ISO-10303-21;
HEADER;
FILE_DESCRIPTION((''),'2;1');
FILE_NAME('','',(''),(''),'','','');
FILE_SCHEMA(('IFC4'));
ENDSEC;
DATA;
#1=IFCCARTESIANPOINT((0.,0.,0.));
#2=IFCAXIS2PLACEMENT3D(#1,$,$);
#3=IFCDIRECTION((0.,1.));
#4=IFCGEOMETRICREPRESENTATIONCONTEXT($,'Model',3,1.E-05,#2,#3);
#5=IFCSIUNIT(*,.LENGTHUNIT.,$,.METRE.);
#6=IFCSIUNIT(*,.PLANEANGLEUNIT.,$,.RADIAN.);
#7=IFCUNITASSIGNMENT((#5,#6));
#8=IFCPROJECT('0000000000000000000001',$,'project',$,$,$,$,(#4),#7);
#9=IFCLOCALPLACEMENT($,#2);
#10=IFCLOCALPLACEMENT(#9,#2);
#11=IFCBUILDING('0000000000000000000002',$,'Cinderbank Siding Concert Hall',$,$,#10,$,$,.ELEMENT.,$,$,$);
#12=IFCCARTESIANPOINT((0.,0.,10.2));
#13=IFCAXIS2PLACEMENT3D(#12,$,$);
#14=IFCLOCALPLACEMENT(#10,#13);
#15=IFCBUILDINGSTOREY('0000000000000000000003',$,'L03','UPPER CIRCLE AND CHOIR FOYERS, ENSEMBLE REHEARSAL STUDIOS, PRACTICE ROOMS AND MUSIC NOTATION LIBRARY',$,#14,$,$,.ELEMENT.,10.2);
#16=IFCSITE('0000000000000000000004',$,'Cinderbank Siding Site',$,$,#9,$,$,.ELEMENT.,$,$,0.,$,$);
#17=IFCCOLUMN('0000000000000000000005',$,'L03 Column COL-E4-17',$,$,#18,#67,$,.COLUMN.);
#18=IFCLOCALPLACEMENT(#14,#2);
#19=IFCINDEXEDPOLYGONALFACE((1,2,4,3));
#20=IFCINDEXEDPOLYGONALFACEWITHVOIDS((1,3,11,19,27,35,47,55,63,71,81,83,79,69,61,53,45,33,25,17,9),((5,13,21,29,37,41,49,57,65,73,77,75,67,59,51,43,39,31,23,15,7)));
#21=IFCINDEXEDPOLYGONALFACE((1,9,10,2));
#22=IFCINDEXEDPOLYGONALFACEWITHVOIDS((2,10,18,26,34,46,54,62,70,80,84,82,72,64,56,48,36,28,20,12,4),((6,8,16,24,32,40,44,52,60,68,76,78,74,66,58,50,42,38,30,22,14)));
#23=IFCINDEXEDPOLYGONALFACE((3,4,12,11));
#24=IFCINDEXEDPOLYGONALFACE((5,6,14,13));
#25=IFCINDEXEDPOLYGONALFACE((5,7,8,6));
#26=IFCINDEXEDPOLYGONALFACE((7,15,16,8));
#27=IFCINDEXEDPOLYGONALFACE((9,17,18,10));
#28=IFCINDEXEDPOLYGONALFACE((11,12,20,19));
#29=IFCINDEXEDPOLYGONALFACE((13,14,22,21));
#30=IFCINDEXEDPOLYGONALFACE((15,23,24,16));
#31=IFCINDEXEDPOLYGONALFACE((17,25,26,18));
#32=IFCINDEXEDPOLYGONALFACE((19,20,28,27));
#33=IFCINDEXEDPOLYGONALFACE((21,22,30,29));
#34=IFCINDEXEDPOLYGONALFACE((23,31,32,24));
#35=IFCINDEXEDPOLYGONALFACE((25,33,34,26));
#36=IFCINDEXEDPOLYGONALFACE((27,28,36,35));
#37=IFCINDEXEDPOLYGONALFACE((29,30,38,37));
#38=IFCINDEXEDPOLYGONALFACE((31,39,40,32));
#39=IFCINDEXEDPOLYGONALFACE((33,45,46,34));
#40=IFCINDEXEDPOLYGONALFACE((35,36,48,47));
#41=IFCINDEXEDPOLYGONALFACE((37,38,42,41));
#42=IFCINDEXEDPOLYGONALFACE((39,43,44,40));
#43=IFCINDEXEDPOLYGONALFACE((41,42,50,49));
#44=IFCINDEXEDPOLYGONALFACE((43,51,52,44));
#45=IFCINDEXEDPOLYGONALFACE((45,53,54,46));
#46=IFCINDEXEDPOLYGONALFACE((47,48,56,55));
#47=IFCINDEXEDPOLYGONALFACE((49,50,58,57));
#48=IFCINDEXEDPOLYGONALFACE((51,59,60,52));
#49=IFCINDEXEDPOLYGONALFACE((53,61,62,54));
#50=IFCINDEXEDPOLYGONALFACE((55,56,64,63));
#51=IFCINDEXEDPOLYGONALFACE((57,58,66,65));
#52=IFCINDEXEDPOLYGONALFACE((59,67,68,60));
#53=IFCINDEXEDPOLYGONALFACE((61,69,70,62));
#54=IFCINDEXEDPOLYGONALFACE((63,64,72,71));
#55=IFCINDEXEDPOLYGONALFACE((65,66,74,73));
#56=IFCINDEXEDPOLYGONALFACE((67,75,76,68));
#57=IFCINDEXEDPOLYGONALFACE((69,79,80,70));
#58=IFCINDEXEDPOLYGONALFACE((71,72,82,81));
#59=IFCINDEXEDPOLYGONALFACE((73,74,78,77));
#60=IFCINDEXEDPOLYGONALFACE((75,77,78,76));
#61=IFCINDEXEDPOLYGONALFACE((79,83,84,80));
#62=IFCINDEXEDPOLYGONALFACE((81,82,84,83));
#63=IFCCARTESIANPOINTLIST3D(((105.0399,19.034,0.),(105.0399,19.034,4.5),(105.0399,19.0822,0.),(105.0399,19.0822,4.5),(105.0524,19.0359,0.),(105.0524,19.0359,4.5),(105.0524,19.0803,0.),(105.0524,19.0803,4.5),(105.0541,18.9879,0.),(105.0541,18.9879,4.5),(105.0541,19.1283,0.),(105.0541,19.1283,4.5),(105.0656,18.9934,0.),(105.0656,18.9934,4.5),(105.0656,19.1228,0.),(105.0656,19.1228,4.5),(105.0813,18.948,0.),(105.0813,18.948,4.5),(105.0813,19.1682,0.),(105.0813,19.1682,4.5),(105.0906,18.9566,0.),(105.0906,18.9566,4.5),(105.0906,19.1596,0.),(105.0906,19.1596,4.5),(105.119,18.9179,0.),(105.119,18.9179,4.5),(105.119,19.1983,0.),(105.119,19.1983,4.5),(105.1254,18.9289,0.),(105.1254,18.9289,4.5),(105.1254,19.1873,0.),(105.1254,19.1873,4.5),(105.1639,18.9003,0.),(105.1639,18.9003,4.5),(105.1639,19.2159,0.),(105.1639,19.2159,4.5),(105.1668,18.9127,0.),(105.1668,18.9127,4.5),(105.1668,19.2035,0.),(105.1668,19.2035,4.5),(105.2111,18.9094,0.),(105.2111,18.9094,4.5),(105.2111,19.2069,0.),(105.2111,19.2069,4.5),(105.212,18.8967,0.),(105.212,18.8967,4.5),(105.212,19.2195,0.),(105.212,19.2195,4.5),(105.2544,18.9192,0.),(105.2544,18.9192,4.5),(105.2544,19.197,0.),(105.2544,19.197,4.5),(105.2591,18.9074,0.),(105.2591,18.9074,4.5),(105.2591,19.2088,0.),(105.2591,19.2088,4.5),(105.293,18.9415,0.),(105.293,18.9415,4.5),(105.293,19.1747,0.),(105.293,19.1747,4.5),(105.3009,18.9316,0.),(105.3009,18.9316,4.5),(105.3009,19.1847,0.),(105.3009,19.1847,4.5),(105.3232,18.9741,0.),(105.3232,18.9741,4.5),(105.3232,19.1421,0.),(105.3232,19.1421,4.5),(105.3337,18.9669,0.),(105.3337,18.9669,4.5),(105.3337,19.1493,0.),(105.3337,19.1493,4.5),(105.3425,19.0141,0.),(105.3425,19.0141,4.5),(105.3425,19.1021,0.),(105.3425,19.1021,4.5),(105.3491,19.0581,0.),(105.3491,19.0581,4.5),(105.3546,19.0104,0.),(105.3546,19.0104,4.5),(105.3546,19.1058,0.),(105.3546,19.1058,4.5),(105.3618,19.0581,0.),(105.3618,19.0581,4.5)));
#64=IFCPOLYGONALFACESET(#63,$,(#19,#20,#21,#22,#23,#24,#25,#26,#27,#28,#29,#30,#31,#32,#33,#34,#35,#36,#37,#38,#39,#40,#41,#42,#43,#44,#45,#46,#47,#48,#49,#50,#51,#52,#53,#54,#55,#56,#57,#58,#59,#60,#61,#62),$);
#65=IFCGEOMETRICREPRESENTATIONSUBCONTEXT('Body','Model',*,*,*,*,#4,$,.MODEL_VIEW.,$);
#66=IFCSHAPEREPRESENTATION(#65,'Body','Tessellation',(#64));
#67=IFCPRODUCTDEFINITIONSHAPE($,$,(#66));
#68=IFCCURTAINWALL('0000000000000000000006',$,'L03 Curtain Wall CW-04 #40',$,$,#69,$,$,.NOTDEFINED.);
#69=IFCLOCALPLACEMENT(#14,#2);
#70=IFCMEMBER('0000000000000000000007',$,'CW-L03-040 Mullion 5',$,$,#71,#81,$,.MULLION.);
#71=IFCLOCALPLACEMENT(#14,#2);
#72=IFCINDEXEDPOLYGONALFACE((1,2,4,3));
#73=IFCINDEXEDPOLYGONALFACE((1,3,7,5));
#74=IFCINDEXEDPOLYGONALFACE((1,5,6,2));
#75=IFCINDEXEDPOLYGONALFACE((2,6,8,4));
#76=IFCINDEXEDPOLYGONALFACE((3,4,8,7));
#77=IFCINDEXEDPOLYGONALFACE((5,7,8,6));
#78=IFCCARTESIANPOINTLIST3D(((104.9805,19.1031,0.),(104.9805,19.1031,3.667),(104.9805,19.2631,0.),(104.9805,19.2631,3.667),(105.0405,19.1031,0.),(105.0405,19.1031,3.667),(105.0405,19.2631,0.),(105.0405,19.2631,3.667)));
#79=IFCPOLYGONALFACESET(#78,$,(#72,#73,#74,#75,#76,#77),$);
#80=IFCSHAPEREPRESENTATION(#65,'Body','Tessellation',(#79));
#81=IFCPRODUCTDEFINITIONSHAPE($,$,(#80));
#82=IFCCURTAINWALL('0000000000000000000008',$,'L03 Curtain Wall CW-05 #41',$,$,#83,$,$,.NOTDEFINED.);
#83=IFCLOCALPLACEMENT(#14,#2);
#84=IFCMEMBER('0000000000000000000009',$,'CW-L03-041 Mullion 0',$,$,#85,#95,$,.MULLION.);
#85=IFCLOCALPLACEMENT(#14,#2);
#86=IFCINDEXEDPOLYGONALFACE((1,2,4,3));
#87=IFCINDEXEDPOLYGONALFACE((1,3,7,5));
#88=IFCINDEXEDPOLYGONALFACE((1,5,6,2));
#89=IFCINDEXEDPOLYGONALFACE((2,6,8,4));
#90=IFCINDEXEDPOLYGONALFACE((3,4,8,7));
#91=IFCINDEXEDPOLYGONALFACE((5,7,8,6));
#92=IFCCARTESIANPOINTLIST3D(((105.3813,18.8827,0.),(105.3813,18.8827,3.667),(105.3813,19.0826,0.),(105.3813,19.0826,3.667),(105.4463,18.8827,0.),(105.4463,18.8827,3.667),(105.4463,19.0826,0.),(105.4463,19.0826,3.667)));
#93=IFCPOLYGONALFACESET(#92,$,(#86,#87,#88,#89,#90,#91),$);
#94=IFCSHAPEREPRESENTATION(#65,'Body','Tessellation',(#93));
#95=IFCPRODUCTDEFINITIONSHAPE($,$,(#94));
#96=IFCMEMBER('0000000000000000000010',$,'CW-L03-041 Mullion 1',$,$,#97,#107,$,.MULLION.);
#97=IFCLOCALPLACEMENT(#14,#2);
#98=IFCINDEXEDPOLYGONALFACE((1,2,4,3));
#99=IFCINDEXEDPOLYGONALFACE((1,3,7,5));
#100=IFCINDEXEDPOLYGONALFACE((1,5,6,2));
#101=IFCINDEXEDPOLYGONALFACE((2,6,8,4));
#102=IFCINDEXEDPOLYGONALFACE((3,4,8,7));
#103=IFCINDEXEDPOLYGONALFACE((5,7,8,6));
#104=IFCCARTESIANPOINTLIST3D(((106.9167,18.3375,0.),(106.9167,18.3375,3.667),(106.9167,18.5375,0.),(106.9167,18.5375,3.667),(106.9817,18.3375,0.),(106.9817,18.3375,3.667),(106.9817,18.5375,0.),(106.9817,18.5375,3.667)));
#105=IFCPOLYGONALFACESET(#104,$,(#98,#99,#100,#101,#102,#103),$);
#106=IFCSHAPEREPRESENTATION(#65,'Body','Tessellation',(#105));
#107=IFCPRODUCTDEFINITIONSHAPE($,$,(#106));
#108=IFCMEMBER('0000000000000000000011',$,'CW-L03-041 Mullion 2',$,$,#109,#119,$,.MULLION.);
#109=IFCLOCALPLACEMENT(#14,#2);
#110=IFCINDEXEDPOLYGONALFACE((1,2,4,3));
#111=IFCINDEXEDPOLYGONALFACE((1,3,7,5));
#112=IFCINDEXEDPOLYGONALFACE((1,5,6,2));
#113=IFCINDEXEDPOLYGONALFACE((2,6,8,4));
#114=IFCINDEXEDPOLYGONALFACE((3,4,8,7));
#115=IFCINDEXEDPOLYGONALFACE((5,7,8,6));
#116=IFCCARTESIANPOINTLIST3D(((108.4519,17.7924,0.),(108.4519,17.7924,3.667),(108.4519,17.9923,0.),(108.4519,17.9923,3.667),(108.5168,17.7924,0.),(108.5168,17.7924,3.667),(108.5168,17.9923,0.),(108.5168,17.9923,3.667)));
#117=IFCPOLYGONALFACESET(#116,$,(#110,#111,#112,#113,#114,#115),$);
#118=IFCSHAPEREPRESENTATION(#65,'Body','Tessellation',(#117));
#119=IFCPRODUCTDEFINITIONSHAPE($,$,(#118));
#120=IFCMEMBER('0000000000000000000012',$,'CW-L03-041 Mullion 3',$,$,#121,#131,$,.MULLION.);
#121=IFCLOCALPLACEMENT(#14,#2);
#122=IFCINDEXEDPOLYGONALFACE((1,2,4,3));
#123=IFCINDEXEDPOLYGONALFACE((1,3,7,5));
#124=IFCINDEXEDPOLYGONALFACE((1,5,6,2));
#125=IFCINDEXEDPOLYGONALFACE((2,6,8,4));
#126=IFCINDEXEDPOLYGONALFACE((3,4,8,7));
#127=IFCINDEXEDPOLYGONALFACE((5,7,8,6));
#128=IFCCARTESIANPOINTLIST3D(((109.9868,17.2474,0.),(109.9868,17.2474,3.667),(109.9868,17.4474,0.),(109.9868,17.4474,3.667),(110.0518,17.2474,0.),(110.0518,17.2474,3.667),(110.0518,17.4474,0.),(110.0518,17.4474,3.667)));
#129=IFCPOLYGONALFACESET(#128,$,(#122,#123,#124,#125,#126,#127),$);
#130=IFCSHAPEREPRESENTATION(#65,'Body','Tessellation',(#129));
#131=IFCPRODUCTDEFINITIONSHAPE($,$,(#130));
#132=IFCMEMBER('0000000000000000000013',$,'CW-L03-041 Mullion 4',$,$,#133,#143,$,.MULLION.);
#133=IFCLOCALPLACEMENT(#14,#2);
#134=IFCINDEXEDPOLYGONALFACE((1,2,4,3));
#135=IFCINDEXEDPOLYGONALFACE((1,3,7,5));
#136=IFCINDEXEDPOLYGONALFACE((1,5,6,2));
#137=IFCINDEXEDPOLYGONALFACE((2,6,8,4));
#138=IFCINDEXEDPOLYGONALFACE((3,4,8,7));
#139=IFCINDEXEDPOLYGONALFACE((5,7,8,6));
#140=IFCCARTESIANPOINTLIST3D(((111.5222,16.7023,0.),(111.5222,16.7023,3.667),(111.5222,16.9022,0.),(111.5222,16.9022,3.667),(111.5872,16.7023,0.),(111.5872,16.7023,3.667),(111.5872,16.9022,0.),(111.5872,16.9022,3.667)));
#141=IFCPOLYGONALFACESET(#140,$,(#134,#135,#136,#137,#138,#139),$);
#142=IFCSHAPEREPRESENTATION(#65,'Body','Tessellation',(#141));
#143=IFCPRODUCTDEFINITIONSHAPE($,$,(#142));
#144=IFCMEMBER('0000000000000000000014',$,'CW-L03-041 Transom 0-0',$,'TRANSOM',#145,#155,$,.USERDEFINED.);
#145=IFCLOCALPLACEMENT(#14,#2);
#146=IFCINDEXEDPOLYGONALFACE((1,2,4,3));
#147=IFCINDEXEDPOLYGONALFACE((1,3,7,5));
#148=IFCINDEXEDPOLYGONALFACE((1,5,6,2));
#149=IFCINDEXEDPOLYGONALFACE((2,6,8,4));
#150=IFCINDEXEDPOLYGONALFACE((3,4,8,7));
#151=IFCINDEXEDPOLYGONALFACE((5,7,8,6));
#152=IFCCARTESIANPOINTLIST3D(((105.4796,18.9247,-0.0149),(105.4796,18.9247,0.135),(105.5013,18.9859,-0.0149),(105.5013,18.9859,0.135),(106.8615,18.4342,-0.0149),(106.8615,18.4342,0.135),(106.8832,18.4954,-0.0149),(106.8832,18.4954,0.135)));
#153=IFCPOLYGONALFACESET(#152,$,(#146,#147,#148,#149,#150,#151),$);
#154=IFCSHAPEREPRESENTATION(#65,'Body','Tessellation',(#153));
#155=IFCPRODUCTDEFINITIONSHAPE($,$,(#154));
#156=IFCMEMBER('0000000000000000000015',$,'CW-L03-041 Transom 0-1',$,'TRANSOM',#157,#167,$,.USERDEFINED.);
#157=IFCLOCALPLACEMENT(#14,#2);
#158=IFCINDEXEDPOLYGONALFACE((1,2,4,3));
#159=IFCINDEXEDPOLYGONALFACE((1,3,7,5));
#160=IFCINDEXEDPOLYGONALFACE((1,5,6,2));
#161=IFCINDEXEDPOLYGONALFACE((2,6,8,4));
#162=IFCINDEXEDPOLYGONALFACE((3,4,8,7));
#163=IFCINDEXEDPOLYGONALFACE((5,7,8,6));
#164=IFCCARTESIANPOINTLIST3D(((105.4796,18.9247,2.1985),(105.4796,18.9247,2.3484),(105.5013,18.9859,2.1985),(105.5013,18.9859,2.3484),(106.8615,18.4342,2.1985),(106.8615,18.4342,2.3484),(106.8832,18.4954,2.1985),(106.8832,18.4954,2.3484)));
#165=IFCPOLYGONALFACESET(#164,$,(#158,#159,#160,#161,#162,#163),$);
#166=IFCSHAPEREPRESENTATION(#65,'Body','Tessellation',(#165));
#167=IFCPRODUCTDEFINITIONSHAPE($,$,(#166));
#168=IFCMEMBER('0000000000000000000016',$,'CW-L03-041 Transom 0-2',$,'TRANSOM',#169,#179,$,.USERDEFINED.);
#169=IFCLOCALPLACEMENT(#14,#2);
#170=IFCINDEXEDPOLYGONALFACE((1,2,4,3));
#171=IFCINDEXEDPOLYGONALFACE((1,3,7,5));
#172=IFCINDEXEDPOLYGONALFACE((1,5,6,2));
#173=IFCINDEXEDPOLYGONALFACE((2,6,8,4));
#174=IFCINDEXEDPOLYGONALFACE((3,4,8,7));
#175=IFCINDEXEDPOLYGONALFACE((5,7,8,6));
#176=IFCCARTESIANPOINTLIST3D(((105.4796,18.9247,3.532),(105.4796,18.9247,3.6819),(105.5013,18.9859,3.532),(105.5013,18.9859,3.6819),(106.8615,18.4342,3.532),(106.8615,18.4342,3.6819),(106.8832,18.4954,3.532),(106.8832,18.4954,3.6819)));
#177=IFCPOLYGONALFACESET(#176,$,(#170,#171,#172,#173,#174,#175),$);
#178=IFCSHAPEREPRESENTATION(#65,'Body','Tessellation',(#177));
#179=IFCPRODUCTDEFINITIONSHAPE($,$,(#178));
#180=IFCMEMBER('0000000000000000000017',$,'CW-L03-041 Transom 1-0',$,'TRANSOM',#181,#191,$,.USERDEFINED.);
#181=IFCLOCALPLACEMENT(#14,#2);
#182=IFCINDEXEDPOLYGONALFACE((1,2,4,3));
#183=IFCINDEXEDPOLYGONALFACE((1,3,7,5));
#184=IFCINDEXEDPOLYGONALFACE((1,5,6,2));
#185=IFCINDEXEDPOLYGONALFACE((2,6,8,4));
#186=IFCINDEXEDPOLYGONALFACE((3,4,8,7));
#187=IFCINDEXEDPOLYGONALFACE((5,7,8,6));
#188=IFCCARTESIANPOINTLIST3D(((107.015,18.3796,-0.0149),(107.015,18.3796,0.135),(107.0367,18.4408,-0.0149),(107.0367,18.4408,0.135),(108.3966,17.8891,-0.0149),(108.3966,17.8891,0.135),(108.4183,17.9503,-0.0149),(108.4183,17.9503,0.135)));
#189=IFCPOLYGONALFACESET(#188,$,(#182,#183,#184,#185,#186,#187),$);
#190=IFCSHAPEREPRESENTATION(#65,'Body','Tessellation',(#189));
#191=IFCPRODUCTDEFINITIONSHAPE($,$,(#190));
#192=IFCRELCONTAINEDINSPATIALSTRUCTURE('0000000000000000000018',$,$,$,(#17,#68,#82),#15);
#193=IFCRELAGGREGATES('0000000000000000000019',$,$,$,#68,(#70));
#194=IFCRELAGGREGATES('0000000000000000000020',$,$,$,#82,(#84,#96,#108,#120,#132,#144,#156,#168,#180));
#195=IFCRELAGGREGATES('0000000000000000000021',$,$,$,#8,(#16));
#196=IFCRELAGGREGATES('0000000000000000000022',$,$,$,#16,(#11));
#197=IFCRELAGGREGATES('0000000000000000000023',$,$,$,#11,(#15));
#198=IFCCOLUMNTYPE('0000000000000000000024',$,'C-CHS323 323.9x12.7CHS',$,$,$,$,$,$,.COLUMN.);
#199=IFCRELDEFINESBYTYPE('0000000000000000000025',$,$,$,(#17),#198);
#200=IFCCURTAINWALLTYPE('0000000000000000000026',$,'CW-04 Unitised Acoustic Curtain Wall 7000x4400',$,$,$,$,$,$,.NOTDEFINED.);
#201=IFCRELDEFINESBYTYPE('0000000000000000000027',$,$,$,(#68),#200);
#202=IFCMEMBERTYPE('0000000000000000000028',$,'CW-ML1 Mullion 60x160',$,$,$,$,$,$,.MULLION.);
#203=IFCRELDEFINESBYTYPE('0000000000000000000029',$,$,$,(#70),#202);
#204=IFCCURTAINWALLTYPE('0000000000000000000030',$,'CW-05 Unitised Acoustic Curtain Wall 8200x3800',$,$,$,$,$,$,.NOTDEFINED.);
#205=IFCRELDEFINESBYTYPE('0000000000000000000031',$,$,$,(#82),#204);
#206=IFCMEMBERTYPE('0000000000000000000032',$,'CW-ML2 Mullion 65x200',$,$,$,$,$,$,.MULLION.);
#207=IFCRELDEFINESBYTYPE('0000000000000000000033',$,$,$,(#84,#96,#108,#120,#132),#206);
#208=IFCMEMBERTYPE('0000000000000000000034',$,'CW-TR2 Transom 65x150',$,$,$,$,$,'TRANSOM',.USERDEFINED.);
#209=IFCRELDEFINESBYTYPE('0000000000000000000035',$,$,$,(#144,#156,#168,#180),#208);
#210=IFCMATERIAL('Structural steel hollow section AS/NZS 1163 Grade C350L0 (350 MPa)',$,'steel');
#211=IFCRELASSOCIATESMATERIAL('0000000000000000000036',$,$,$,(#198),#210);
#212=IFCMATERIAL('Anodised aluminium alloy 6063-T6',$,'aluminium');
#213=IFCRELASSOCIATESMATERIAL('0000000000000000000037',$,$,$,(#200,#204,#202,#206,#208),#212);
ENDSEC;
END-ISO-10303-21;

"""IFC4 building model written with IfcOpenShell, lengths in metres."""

from ifc_helpers import new_model, si_unit, direction, frame, origin, origin_2d, place, context, subcontext, project, spatial, rectangle, hollow_circle, extrude, material, material_profile, profile_set, type_object, element, aggregate, save


model = new_model("IFC4")

# Units and contexts
model_context = context("Model", 3, precision=1e-05, world=origin(), true_north=direction((0.0, 1.0)))
body_context = subcontext(model_context, "Body", "Model", "MODEL_VIEW")
ifc_project = project(units=[si_unit("LENGTHUNIT", "METRE"), si_unit("PLANEANGLEUNIT", "RADIAN")], contexts=[model_context])

# Site, building, storey
site_placement = place(None, origin())
site = spatial("IfcSite", under=ifc_project, at=site_placement, Name="Cinderbank Siding Site", CompositionType="ELEMENT", RefElevation=0.0)
building_placement = place(site_placement, origin())
building = spatial("IfcBuilding", under=site, at=building_placement, Name="Cinderbank Siding Concert Hall", CompositionType="ELEMENT")
storey_placement = place(building_placement, frame((0.0, 0.0, 10.2)))
storey = spatial("IfcBuildingStorey", under=building, at=storey_placement, Name="L03", Description="UPPER CIRCLE AND CHOIR FOYERS, ENSEMBLE REHEARSAL STUDIOS, PRACTICE ROOMS AND MUSIC NOTATION LIBRARY", CompositionType="ELEMENT", Elevation=10.2)

# Column
ifc_material_1 = material(Name="Structural steel hollow section AS/NZS 1163 Grade C350L0 (350 MPa)", Category="steel")
ifc_material_profile_1 = material_profile(ifc_material_1, hollow_circle(Radius=0.1619, WallThickness=0.0127, at=origin_2d()), Name="323.9x12.7CHS", Category="LoadBearing")
ifc_profile_set_1 = profile_set([ifc_material_profile_1], Name="Structural steel hollow section AS/NZS 1163 Grade C350L0 (350 MPa)")
column_type = type_object("IfcColumnType", Name="C-CHS323 323.9x12.7CHS", PredefinedType="COLUMN", material=ifc_profile_set_1)
column_placement = place(storey_placement, frame((105.2, 19.0581, 0.0), z_axis=(0.0, 0.0, 1.0), x_axis=(1.0, 0.0, 0.0)))
element("IfcColumn", 1, at=column_placement, inside=storey, type_object=column_type, Name="L03 Column COL-E4-17", PredefinedType="COLUMN", context=body_context, shape_type="SweptSolid", body=[
    extrude(hollow_circle(Radius=0.1619, WallThickness=0.0127, at=origin_2d()), origin(), (0.0, 0.0, 1.0), 4.5),
])

# Curtain wall, member
ifc_material_2 = material(Name="Anodised aluminium alloy 6063-T6", Category="aluminium")
curtain_wall_type_1 = type_object("IfcCurtainWallType", Name="CW-04 Unitised Acoustic Curtain Wall 7000x4400", PredefinedType="NOTDEFINED", material=ifc_material_2)
curtain_wall_1_placement = place(storey_placement, origin())
curtain_wall_1 = element("IfcCurtainWall", 2, at=curtain_wall_1_placement, inside=storey, type_object=curtain_wall_type_1, Name="L03 Curtain Wall CW-04 #40", PredefinedType="NOTDEFINED")
ifc_material_profile_2 = material_profile(ifc_material_2, rectangle(XDim=0.0601, YDim=0.1599, at=origin_2d()), Name="ALU-MULL-60x160", Category="LoadBearing")
ifc_profile_set_2 = profile_set([ifc_material_profile_2], Name="Anodised aluminium alloy 6063-T6")
member_type_1 = type_object("IfcMemberType", Name="CW-ML1 Mullion 60x160", PredefinedType="MULLION", material=ifc_profile_set_2)
member_1_placement = place(storey_placement, frame((105.0105, 19.1831, 0.0), z_axis=(0.0, 0.0, 1.0), x_axis=(1.0, 0.0, 0.0)))
member_1 = element("IfcMember", 3, at=member_1_placement, type_object=member_type_1, Name="CW-L03-040 Mullion 5", PredefinedType="MULLION", context=body_context, shape_type="SweptSolid", body=[
    extrude(rectangle(XDim=0.0601, YDim=0.1599, at=origin_2d()), origin(), (0.0, 0.0, 1.0), 3.667),
])

# Curtain wall, members
curtain_wall_type_2 = type_object("IfcCurtainWallType", Name="CW-05 Unitised Acoustic Curtain Wall 8200x3800", PredefinedType="NOTDEFINED", material=ifc_material_2)
curtain_wall_2_placement = place(storey_placement, origin())
curtain_wall_2 = element("IfcCurtainWall", 4, at=curtain_wall_2_placement, inside=storey, type_object=curtain_wall_type_2, Name="L03 Curtain Wall CW-05 #41", PredefinedType="NOTDEFINED")
ifc_material_profile_3 = material_profile(ifc_material_2, rectangle(XDim=0.0649, YDim=0.2, at=origin_2d()), Name="ALU-MULL-65x200", Category="LoadBearing")
ifc_profile_set_3 = profile_set([ifc_material_profile_3], Name="Anodised aluminium alloy 6063-T6")
member_type_2 = type_object("IfcMemberType", Name="CW-ML2 Mullion 65x200", PredefinedType="MULLION", material=ifc_profile_set_3)
member_2_placement = place(storey_placement, frame((105.4138, 18.9827, 0.0), z_axis=(0.0, 0.0, 1.0), x_axis=(1.0, 0.0, 0.0)))
member_2 = element("IfcMember", 5, at=member_2_placement, type_object=member_type_2, Name="CW-L03-041 Mullion 0", PredefinedType="MULLION", context=body_context, shape_type="SweptSolid", body=[
    extrude(rectangle(XDim=0.0649, YDim=0.2, at=origin_2d()), origin(), (0.0, 0.0, 1.0), 3.667),
])
member_3_placement = place(storey_placement, frame((106.9492, 18.4375, 0.0), z_axis=(0.0, 0.0, 1.0), x_axis=(1.0, 0.0, 0.0)))
member_3 = element("IfcMember", 6, at=member_3_placement, type_object=member_type_2, Name="CW-L03-041 Mullion 1", PredefinedType="MULLION", context=body_context, shape_type="SweptSolid", body=[
    extrude(rectangle(XDim=0.0649, YDim=0.2, at=origin_2d()), origin(), (0.0, 0.0, 1.0), 3.667),
])
member_4_placement = place(storey_placement, frame((108.4844, 17.8923, 0.0), z_axis=(0.0, 0.0, 1.0), x_axis=(1.0, 0.0, 0.0)))
member_4 = element("IfcMember", 7, at=member_4_placement, type_object=member_type_2, Name="CW-L03-041 Mullion 2", PredefinedType="MULLION", context=body_context, shape_type="SweptSolid", body=[
    extrude(rectangle(XDim=0.0649, YDim=0.2, at=origin_2d()), origin(), (0.0, 0.0, 1.0), 3.667),
])
member_5_placement = place(storey_placement, frame((110.0193, 17.3474, 0.0), z_axis=(0.0, 0.0, 1.0), x_axis=(1.0, 0.0, 0.0)))
member_5 = element("IfcMember", 8, at=member_5_placement, type_object=member_type_2, Name="CW-L03-041 Mullion 3", PredefinedType="MULLION", context=body_context, shape_type="SweptSolid", body=[
    extrude(rectangle(XDim=0.0649, YDim=0.2, at=origin_2d()), origin(), (0.0, 0.0, 1.0), 3.667),
])
member_6_placement = place(storey_placement, frame((111.5547, 16.8022, 0.0), z_axis=(0.0, 0.0, 1.0), x_axis=(1.0, 0.0, 0.0)))
member_6 = element("IfcMember", 9, at=member_6_placement, type_object=member_type_2, Name="CW-L03-041 Mullion 4", PredefinedType="MULLION", context=body_context, shape_type="SweptSolid", body=[
    extrude(rectangle(XDim=0.0649, YDim=0.2, at=origin_2d()), origin(), (0.0, 0.0, 1.0), 3.667),
])
ifc_material_profile_4 = material_profile(ifc_material_2, rectangle(XDim=0.0649, YDim=0.1499, at=origin_2d()), Name="ALU-TRAN-65x150", Category="LoadBearing")
ifc_profile_set_4 = profile_set([ifc_material_profile_4], Name="Anodised aluminium alloy 6063-T6")
member_type_3 = type_object("IfcMemberType", Name="CW-TR2 Transom 65x150", ElementType="TRANSOM", PredefinedType="USERDEFINED", material=ifc_profile_set_4)
member_7_placement = place(storey_placement, frame((105.4905, 18.9553, 0.0601), z_axis=(0.942396, -0.3345, 0.0), x_axis=(0.3345, 0.942396, 0.0)))
member_7 = element("IfcMember", 10, at=member_7_placement, type_object=member_type_3, Name="CW-L03-041 Transom 0-0", ObjectType="TRANSOM", PredefinedType="USERDEFINED", context=body_context, shape_type="SweptSolid", body=[
    extrude(rectangle(XDim=0.0649, YDim=0.1499, at=origin_2d()), origin(), (0.0, 0.0, 1.0), 1.4663),
])
member_8_placement = place(storey_placement, frame((105.4905, 18.9553, 2.2734), z_axis=(0.942396, -0.3345, 0.0), x_axis=(0.3345, 0.942396, 0.0)))
member_8 = element("IfcMember", 11, at=member_8_placement, type_object=member_type_3, Name="CW-L03-041 Transom 0-1", ObjectType="TRANSOM", PredefinedType="USERDEFINED", context=body_context, shape_type="SweptSolid", body=[
    extrude(rectangle(XDim=0.0649, YDim=0.1499, at=origin_2d()), origin(), (0.0, 0.0, 1.0), 1.4663),
])
member_9_placement = place(storey_placement, frame((105.4905, 18.9553, 3.6069), z_axis=(0.942396, -0.3345, 0.0), x_axis=(0.3345, 0.942396, 0.0)))
member_9 = element("IfcMember", 12, at=member_9_placement, type_object=member_type_3, Name="CW-L03-041 Transom 0-2", ObjectType="TRANSOM", PredefinedType="USERDEFINED", context=body_context, shape_type="SweptSolid", body=[
    extrude(rectangle(XDim=0.0649, YDim=0.1499, at=origin_2d()), origin(), (0.0, 0.0, 1.0), 1.4663),
])
member_10_placement = place(storey_placement, frame((107.0259, 18.4102, 0.0601), z_axis=(0.942377, -0.334553, 0.0), x_axis=(0.334553, 0.942377, 0.0)))
member_10 = element("IfcMember", 13, at=member_10_placement, type_object=member_type_3, Name="CW-L03-041 Transom 1-0", ObjectType="TRANSOM", PredefinedType="USERDEFINED", context=body_context, shape_type="SweptSolid", body=[
    extrude(rectangle(XDim=0.0649, YDim=0.1499, at=origin_2d()), origin(), (0.0, 0.0, 1.0), 1.4661),
])

aggregate(curtain_wall_1, [member_1])
aggregate(curtain_wall_2, [member_2, member_3, member_4, member_5, member_6, member_7, member_8, member_9, member_10])

save(model, "model.ifc")
